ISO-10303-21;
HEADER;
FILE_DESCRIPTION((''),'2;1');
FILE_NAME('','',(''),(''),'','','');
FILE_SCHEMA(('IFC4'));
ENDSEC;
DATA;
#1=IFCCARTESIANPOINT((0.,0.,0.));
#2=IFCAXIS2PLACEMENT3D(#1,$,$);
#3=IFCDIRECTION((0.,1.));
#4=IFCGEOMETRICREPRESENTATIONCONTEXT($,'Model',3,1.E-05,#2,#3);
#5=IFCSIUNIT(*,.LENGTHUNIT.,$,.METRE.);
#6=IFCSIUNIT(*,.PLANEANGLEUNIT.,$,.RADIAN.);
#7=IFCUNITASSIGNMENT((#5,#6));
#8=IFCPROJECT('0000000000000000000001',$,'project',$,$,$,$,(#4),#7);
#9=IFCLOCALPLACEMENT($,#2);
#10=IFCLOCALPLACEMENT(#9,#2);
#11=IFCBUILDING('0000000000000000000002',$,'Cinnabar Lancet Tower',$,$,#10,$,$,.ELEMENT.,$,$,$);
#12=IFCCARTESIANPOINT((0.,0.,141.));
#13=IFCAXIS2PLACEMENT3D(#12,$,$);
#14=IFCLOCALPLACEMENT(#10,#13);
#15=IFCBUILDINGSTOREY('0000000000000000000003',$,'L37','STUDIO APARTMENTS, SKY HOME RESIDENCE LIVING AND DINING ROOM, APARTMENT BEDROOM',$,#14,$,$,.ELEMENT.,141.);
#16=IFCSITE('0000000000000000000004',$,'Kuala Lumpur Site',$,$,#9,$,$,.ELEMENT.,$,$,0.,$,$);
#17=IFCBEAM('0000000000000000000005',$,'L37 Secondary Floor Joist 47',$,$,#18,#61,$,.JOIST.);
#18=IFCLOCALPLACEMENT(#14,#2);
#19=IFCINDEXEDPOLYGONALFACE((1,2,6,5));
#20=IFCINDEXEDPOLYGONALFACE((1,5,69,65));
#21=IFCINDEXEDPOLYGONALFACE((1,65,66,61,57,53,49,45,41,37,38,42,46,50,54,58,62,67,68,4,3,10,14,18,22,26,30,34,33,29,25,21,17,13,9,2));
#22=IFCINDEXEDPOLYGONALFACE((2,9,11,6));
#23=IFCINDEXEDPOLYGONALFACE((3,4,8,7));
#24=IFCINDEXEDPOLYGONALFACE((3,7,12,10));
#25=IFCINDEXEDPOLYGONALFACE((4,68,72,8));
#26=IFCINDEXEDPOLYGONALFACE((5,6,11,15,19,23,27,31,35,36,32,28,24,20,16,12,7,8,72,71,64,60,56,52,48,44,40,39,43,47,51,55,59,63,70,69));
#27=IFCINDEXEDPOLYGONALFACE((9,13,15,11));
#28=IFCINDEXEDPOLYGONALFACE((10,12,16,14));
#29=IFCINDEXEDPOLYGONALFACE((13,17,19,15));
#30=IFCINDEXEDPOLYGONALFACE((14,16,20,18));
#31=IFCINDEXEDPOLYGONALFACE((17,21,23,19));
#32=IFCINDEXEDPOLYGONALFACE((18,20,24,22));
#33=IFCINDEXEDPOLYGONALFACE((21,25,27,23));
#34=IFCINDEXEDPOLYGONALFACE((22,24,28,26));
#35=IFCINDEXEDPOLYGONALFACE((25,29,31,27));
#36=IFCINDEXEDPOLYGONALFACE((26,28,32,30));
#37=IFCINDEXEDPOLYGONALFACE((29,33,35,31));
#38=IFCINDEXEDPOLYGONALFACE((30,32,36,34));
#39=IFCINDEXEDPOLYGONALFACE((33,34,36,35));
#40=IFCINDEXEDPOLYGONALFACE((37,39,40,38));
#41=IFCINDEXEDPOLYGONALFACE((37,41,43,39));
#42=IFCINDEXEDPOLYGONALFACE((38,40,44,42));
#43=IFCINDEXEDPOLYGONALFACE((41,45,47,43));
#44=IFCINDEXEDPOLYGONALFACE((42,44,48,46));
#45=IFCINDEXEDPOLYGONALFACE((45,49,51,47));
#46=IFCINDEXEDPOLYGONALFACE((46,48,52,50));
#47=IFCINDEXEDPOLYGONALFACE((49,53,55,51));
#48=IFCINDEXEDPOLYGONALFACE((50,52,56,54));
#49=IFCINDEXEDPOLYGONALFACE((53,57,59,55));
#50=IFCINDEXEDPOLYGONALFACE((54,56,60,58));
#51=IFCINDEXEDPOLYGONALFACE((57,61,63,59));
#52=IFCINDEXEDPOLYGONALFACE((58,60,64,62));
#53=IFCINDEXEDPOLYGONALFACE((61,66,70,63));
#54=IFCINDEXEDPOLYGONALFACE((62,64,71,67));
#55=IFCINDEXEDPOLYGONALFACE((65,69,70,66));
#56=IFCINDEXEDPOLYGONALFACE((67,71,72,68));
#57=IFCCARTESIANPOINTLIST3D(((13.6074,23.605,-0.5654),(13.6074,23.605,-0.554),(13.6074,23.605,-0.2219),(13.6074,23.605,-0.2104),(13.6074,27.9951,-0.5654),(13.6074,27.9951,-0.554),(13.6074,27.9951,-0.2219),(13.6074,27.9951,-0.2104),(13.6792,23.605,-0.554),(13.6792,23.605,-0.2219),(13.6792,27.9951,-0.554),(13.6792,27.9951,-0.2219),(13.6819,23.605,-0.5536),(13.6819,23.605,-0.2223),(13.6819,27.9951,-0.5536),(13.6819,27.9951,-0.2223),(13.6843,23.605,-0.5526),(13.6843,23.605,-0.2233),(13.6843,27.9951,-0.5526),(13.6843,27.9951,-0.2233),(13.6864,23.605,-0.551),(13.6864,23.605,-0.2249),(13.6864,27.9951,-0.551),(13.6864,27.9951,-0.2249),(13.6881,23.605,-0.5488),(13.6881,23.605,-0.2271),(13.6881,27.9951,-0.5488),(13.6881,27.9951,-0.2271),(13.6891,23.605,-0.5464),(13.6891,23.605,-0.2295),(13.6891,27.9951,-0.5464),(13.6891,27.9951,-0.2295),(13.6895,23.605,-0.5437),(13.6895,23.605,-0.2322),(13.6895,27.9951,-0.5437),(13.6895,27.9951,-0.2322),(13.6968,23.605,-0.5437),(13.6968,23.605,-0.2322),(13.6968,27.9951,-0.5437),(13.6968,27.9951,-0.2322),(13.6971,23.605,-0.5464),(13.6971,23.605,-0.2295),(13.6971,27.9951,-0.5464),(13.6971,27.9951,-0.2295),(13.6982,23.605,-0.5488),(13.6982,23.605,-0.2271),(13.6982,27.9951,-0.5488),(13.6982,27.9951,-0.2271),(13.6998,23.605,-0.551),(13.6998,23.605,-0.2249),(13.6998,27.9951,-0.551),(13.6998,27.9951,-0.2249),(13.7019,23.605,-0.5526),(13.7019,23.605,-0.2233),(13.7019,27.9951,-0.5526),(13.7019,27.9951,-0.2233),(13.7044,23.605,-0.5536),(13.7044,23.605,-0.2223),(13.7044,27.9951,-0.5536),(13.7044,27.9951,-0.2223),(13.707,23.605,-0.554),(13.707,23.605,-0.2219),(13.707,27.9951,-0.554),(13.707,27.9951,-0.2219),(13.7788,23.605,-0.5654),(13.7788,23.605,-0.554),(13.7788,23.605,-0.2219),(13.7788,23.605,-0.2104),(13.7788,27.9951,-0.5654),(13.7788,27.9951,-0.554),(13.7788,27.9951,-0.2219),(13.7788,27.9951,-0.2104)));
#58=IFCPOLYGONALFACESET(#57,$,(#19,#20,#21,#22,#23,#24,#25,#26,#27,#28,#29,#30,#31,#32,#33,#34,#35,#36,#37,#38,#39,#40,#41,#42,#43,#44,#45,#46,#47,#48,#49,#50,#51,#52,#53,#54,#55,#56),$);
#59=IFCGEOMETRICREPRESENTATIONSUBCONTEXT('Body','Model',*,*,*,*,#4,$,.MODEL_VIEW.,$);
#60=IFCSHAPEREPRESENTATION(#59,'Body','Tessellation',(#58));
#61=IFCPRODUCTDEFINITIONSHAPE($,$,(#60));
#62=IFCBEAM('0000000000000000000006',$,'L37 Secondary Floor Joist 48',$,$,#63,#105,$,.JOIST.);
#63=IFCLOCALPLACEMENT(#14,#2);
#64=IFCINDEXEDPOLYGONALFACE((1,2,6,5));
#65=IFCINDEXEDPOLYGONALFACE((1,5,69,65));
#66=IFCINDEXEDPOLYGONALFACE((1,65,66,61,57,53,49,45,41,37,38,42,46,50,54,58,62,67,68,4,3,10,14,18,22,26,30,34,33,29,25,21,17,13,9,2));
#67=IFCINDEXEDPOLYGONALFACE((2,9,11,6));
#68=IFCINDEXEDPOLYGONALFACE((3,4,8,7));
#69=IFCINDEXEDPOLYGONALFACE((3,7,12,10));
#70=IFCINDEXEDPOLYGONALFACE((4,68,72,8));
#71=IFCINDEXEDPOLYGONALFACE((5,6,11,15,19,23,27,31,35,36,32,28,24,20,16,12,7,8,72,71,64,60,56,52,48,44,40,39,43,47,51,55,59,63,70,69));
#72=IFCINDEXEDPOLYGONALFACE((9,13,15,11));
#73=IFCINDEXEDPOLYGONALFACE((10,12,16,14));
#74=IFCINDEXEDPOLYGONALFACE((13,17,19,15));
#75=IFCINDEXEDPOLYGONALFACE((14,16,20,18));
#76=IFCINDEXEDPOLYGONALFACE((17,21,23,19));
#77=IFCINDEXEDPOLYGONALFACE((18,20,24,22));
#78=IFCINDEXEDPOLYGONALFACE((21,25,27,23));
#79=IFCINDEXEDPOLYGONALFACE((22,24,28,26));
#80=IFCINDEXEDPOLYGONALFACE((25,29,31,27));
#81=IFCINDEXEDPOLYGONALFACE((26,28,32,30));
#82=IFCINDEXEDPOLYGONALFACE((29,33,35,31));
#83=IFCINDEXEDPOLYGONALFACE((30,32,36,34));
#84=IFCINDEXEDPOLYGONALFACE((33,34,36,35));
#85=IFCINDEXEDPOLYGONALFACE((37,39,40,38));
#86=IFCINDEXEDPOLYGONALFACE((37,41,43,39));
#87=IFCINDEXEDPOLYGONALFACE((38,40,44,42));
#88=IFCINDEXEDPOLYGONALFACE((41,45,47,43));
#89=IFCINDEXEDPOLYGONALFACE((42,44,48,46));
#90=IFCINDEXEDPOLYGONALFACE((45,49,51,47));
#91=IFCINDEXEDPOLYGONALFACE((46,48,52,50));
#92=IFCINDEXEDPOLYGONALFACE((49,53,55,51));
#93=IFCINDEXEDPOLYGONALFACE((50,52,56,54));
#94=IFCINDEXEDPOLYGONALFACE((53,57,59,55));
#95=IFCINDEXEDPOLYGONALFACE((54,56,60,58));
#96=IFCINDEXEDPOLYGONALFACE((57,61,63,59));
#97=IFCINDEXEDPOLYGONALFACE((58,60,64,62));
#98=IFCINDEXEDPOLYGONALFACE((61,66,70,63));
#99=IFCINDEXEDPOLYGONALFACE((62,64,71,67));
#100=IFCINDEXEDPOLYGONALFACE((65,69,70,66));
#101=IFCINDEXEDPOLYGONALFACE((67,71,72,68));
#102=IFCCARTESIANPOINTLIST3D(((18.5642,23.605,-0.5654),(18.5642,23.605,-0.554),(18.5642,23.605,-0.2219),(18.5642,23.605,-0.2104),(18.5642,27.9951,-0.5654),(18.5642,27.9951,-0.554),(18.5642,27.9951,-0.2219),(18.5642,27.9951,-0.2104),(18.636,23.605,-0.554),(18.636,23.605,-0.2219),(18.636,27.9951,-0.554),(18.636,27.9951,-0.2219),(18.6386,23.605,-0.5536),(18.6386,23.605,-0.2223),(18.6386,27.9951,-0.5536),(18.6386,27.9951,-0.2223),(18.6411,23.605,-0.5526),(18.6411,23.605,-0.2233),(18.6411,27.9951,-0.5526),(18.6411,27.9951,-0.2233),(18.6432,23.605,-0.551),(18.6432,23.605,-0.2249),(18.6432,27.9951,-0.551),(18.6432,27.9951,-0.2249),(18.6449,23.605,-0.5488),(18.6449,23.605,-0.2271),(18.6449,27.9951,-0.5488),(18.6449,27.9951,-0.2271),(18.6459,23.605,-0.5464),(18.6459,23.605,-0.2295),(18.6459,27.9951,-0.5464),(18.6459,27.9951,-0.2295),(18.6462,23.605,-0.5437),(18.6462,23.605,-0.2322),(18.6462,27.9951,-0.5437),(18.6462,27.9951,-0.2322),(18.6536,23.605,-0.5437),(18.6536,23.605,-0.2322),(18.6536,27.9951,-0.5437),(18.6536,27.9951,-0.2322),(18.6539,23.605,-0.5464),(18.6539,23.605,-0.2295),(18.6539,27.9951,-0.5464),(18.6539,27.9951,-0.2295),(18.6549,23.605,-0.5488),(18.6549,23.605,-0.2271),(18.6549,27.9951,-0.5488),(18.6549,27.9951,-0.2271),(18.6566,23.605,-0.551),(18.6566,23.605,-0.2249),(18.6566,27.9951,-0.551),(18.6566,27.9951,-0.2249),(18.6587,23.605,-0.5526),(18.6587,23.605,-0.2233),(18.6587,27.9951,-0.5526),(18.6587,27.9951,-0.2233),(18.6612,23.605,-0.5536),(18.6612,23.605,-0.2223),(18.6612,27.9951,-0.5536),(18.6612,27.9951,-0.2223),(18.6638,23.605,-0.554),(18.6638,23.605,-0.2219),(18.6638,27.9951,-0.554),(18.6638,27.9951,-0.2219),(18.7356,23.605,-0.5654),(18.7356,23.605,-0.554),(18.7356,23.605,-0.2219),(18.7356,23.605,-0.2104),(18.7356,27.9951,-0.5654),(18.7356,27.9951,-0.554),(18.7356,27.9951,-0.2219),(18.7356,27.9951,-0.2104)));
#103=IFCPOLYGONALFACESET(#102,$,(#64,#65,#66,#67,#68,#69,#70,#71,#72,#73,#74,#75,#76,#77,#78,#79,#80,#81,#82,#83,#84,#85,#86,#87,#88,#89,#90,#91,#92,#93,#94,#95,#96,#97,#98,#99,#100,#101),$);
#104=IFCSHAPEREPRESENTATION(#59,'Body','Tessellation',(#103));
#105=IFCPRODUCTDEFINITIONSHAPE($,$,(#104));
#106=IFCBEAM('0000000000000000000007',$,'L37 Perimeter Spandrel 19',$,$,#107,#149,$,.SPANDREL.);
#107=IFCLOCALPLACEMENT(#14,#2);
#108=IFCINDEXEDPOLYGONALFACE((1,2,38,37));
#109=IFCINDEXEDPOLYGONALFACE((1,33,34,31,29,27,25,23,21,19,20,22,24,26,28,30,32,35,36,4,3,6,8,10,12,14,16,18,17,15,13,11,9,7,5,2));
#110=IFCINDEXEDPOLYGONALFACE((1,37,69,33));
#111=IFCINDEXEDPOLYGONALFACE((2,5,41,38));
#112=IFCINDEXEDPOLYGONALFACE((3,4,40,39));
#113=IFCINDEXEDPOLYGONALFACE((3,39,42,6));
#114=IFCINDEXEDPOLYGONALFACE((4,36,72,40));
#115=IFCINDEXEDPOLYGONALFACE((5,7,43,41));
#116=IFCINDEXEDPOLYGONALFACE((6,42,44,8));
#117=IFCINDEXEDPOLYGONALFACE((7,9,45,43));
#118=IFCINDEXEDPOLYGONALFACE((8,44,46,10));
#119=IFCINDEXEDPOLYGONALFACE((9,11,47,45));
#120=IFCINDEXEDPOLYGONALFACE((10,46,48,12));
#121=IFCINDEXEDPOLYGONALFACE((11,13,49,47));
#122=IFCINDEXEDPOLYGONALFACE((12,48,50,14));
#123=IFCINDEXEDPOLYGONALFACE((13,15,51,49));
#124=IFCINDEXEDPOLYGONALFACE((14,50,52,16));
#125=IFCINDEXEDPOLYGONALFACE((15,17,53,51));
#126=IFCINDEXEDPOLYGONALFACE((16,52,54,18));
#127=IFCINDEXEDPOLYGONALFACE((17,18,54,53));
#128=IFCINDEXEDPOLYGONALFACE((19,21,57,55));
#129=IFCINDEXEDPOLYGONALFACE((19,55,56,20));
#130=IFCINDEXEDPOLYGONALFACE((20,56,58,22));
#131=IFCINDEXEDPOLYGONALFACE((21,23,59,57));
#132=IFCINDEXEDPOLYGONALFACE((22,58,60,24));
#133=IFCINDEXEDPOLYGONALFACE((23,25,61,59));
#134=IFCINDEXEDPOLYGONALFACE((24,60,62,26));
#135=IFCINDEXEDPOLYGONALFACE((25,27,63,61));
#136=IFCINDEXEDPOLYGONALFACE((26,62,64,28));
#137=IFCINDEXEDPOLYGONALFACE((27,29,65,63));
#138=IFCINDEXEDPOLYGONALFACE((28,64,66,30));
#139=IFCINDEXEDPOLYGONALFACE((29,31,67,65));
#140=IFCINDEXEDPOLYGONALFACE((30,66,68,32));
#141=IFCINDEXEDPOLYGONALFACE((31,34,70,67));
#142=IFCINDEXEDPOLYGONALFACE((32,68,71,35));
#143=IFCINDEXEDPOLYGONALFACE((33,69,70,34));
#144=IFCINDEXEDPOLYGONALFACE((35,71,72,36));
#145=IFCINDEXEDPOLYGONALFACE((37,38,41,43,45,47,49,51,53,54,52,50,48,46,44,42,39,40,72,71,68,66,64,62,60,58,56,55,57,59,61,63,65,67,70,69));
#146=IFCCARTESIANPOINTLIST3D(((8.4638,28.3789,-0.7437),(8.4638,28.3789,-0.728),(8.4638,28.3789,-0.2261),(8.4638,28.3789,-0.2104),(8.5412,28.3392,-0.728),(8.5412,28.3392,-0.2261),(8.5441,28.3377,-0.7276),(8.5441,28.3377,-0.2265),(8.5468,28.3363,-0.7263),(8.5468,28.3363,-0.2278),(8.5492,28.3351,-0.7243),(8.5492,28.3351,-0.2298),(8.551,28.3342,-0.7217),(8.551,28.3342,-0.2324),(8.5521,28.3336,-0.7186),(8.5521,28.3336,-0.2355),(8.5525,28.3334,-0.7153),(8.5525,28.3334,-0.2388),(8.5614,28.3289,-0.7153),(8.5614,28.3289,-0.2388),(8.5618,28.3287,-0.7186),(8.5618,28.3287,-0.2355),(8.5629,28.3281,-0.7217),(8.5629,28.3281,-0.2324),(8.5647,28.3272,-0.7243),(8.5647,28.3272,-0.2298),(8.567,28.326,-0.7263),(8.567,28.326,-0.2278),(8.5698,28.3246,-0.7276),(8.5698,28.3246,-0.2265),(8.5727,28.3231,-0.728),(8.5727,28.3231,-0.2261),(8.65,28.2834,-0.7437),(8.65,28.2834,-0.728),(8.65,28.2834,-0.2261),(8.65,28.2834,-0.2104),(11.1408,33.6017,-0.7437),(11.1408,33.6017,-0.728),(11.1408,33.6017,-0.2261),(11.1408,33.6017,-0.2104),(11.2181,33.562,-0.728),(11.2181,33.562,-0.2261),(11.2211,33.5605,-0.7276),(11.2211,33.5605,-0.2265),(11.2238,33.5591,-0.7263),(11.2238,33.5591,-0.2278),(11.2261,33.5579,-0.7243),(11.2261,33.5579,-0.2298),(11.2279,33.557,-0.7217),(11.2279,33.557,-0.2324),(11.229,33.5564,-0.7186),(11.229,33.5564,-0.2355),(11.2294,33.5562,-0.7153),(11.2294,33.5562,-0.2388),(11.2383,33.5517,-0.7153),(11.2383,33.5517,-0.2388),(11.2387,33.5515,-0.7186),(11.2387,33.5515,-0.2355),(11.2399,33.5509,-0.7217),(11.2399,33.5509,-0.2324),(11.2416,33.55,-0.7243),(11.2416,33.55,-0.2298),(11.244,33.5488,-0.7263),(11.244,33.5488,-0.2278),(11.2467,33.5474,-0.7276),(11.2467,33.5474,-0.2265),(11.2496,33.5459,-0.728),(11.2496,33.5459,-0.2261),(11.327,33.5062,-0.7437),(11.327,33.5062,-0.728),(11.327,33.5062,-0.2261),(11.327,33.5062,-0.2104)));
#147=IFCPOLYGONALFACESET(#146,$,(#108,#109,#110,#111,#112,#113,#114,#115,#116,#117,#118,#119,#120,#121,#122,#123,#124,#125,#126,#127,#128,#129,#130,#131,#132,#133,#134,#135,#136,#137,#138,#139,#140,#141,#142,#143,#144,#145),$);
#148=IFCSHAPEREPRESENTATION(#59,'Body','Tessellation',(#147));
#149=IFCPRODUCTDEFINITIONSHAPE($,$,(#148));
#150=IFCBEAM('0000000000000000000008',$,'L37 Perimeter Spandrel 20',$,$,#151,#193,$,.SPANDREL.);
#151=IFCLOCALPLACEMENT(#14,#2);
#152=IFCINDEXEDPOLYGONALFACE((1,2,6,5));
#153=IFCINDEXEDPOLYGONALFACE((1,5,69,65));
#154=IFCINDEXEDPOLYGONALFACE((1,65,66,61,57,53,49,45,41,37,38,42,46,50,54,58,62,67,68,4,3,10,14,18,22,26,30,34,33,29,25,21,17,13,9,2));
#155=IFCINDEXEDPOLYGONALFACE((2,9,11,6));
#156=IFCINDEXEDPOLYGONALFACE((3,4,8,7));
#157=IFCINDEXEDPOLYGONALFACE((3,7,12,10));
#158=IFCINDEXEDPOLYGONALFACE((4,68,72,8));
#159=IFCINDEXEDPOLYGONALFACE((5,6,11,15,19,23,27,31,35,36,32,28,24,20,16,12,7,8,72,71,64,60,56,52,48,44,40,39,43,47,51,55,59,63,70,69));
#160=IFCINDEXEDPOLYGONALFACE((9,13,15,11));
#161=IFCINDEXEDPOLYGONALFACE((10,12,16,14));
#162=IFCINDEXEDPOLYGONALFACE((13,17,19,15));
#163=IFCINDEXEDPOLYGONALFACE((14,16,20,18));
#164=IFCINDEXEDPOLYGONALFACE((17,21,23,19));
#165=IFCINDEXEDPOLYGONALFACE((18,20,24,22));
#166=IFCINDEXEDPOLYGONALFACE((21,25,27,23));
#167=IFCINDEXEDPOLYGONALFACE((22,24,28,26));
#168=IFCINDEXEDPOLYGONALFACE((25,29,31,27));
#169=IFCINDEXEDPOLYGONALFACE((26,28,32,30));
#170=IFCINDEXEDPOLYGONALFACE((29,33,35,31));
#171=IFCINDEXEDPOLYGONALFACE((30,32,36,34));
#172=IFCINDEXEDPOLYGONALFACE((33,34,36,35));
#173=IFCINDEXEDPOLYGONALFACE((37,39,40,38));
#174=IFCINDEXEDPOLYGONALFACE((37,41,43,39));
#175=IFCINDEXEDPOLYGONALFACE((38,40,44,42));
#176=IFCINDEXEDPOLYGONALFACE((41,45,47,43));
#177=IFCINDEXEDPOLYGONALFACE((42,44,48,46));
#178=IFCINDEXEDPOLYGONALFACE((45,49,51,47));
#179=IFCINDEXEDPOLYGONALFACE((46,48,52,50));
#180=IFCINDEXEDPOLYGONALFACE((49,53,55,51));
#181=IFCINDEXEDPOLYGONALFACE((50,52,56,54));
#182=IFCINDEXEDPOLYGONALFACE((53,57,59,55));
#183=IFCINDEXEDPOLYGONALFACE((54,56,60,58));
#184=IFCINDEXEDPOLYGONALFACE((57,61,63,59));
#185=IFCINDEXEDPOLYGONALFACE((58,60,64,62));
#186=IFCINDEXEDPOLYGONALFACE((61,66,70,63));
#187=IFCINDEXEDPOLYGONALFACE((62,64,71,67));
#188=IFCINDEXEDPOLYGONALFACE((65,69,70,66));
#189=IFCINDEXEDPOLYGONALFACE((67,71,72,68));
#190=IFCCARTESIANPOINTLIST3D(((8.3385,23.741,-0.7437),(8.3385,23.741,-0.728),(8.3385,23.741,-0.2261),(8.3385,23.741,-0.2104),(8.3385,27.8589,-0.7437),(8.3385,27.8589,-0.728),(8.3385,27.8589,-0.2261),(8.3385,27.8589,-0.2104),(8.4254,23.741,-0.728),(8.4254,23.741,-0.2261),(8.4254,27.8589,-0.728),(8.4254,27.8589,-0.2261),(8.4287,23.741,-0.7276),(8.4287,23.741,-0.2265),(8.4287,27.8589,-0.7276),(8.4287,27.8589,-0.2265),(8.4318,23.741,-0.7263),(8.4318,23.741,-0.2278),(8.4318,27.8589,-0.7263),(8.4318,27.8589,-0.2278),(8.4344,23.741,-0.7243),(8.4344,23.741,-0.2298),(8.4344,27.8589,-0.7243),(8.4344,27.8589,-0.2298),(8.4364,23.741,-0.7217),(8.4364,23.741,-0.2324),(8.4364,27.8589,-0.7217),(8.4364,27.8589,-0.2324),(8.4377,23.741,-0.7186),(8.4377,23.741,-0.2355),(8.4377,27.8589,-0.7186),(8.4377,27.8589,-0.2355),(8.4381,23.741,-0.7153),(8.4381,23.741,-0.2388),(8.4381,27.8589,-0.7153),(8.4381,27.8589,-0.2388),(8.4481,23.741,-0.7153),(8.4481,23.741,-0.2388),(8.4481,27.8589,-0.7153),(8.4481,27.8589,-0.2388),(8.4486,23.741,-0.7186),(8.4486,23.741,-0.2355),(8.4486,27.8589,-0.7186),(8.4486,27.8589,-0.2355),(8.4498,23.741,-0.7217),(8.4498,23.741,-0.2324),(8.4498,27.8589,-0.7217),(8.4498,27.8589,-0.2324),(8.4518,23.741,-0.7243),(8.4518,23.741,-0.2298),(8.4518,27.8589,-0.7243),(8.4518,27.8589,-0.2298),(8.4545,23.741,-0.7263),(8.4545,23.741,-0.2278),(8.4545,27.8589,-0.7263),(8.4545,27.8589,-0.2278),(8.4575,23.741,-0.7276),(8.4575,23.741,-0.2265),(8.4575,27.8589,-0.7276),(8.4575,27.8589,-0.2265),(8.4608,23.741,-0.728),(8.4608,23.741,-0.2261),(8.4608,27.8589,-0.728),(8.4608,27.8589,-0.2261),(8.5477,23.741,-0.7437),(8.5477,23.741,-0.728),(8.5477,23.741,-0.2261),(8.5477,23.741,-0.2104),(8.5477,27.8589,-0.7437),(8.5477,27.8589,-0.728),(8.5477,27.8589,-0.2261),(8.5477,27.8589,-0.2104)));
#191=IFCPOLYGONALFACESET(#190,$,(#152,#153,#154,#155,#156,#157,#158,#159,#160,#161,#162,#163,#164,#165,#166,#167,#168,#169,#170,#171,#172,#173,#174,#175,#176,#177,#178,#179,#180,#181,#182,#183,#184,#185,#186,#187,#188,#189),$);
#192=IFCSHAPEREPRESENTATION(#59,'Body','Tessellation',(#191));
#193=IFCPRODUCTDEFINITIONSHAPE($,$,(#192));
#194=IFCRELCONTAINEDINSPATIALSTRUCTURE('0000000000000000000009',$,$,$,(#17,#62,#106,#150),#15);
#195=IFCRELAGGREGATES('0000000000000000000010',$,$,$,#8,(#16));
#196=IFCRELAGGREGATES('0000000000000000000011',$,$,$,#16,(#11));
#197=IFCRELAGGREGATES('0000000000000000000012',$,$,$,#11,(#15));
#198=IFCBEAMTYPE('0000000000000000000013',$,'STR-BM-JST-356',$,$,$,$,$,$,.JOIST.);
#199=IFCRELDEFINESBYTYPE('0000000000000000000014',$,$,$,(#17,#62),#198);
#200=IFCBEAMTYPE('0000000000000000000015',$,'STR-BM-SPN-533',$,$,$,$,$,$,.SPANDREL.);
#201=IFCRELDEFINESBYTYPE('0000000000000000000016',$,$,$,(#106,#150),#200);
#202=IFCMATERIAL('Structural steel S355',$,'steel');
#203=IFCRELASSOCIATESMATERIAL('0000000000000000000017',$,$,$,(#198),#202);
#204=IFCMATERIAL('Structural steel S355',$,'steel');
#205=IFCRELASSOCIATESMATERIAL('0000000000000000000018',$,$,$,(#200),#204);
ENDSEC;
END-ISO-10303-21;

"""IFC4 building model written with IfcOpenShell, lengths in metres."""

from ifc_helpers import new_model, si_unit, direction, frame, origin, origin_2d, place, context, subcontext, project, spatial, i_section, extrude, material, material_profile, profile_set, type_object, element, save


model = new_model("IFC4")

# Units and contexts
model_context = context("Model", 3, precision=1e-05, world=origin(), true_north=direction((0.0, 1.0)))
body_context = subcontext(model_context, "Body", "Model", "MODEL_VIEW")
ifc_project = project(units=[si_unit("LENGTHUNIT", "METRE"), si_unit("PLANEANGLEUNIT", "RADIAN")], contexts=[model_context])

# Site, building, storey
site_placement = place(None, origin())
site = spatial("IfcSite", under=ifc_project, at=site_placement, Name="Kuala Lumpur Site", CompositionType="ELEMENT", RefElevation=0.0)
building_placement = place(site_placement, origin())
building = spatial("IfcBuilding", under=site, at=building_placement, Name="Cinnabar Lancet Tower", CompositionType="ELEMENT")
storey_placement = place(building_placement, frame((0.0, 0.0, 141.0)))
storey = spatial("IfcBuildingStorey", under=building, at=storey_placement, Name="L37", Description="STUDIO APARTMENTS, SKY HOME RESIDENCE LIVING AND DINING ROOM, APARTMENT BEDROOM", CompositionType="ELEMENT", Elevation=141.0)

# Beams
ifc_material_1 = material(Name="Structural steel S355", Category="steel")
ifc_material_profile_1 = material_profile(ifc_material_1, i_section(OverallWidth=0.1714, OverallDepth=0.355, WebThickness=0.0073, FlangeThickness=0.0115, FilletRadius=0.0103, at=origin_2d()), Name="UKB 356x171x51")
ifc_profile_set_1 = profile_set([ifc_material_profile_1], Name="Structural steel S355")
beam_type_1 = type_object("IfcBeamType", Name="STR-BM-JST-356", PredefinedType="JOIST", material=ifc_profile_set_1)
for number, where, z_axis, x_axis, name in (
    (1, (13.6931, 27.9951, -0.3879), (0.0, -1.0, 0.0), (1.0, 0.0, 0.0), "L37 Secondary Floor Joist 47"),
    (2, (18.6499, 27.9951, -0.3879), (0.0, -1.0, 0.0), (1.0, 0.0, 0.0), "L37 Secondary Floor Joist 48"),
):
    element("IfcBeam", number, at=place(storey_placement, frame(where, z_axis=z_axis, x_axis=x_axis)), inside=storey, type_object=beam_type_1, Name=name, PredefinedType="JOIST", context=body_context, shape_type="SweptSolid", body=[
        extrude(i_section(OverallWidth=0.1714, OverallDepth=0.355, WebThickness=0.0073, FlangeThickness=0.0115, FilletRadius=0.0103, at=origin_2d()), origin(), (0.0, 0.0, 1.0), 4.3901),
    ])
ifc_material_2 = material(Name="Structural steel S355", Category="steel")
ifc_material_profile_2 = material_profile(ifc_material_2, i_section(OverallWidth=0.2092, OverallDepth=0.5332, WebThickness=0.01, FlangeThickness=0.0156, FilletRadius=0.0127, at=origin_2d()), Name="UKB 533x210x92")
ifc_profile_set_2 = profile_set([ifc_material_profile_2], Name="Structural steel S355")
beam_type_2 = type_object("IfcBeamType", Name="STR-BM-SPN-533", PredefinedType="SPANDREL", material=ifc_profile_set_2)
beam_1_placement = place(storey_placement, frame((11.2339, 33.554, -0.4771), z_axis=(-0.456127, -0.889915, 0.0), x_axis=(0.889915, -0.456127, 0.0)))
element("IfcBeam", 3, at=beam_1_placement, inside=storey, type_object=beam_type_2, Name="L37 Perimeter Spandrel 19", PredefinedType="SPANDREL", context=body_context, shape_type="SweptSolid", body=[
    extrude(i_section(OverallWidth=0.2092, OverallDepth=0.5332, WebThickness=0.01, FlangeThickness=0.0156, FilletRadius=0.0127, at=origin_2d()), origin(), (0.0, 0.0, 1.0), 5.8689),
])
beam_2_placement = place(storey_placement, frame((8.4431, 27.8589, -0.4771), z_axis=(0.0, -1.0, 0.0), x_axis=(1.0, 0.0, 0.0)))
element("IfcBeam", 4, at=beam_2_placement, inside=storey, type_object=beam_type_2, Name="L37 Perimeter Spandrel 20", PredefinedType="SPANDREL", context=body_context, shape_type="SweptSolid", body=[
    extrude(i_section(OverallWidth=0.2092, OverallDepth=0.5332, WebThickness=0.01, FlangeThickness=0.0156, FilletRadius=0.0127, at=origin_2d()), origin(), (0.0, 0.0, 1.0), 4.1179),
])

save(model, "model.ifc")
